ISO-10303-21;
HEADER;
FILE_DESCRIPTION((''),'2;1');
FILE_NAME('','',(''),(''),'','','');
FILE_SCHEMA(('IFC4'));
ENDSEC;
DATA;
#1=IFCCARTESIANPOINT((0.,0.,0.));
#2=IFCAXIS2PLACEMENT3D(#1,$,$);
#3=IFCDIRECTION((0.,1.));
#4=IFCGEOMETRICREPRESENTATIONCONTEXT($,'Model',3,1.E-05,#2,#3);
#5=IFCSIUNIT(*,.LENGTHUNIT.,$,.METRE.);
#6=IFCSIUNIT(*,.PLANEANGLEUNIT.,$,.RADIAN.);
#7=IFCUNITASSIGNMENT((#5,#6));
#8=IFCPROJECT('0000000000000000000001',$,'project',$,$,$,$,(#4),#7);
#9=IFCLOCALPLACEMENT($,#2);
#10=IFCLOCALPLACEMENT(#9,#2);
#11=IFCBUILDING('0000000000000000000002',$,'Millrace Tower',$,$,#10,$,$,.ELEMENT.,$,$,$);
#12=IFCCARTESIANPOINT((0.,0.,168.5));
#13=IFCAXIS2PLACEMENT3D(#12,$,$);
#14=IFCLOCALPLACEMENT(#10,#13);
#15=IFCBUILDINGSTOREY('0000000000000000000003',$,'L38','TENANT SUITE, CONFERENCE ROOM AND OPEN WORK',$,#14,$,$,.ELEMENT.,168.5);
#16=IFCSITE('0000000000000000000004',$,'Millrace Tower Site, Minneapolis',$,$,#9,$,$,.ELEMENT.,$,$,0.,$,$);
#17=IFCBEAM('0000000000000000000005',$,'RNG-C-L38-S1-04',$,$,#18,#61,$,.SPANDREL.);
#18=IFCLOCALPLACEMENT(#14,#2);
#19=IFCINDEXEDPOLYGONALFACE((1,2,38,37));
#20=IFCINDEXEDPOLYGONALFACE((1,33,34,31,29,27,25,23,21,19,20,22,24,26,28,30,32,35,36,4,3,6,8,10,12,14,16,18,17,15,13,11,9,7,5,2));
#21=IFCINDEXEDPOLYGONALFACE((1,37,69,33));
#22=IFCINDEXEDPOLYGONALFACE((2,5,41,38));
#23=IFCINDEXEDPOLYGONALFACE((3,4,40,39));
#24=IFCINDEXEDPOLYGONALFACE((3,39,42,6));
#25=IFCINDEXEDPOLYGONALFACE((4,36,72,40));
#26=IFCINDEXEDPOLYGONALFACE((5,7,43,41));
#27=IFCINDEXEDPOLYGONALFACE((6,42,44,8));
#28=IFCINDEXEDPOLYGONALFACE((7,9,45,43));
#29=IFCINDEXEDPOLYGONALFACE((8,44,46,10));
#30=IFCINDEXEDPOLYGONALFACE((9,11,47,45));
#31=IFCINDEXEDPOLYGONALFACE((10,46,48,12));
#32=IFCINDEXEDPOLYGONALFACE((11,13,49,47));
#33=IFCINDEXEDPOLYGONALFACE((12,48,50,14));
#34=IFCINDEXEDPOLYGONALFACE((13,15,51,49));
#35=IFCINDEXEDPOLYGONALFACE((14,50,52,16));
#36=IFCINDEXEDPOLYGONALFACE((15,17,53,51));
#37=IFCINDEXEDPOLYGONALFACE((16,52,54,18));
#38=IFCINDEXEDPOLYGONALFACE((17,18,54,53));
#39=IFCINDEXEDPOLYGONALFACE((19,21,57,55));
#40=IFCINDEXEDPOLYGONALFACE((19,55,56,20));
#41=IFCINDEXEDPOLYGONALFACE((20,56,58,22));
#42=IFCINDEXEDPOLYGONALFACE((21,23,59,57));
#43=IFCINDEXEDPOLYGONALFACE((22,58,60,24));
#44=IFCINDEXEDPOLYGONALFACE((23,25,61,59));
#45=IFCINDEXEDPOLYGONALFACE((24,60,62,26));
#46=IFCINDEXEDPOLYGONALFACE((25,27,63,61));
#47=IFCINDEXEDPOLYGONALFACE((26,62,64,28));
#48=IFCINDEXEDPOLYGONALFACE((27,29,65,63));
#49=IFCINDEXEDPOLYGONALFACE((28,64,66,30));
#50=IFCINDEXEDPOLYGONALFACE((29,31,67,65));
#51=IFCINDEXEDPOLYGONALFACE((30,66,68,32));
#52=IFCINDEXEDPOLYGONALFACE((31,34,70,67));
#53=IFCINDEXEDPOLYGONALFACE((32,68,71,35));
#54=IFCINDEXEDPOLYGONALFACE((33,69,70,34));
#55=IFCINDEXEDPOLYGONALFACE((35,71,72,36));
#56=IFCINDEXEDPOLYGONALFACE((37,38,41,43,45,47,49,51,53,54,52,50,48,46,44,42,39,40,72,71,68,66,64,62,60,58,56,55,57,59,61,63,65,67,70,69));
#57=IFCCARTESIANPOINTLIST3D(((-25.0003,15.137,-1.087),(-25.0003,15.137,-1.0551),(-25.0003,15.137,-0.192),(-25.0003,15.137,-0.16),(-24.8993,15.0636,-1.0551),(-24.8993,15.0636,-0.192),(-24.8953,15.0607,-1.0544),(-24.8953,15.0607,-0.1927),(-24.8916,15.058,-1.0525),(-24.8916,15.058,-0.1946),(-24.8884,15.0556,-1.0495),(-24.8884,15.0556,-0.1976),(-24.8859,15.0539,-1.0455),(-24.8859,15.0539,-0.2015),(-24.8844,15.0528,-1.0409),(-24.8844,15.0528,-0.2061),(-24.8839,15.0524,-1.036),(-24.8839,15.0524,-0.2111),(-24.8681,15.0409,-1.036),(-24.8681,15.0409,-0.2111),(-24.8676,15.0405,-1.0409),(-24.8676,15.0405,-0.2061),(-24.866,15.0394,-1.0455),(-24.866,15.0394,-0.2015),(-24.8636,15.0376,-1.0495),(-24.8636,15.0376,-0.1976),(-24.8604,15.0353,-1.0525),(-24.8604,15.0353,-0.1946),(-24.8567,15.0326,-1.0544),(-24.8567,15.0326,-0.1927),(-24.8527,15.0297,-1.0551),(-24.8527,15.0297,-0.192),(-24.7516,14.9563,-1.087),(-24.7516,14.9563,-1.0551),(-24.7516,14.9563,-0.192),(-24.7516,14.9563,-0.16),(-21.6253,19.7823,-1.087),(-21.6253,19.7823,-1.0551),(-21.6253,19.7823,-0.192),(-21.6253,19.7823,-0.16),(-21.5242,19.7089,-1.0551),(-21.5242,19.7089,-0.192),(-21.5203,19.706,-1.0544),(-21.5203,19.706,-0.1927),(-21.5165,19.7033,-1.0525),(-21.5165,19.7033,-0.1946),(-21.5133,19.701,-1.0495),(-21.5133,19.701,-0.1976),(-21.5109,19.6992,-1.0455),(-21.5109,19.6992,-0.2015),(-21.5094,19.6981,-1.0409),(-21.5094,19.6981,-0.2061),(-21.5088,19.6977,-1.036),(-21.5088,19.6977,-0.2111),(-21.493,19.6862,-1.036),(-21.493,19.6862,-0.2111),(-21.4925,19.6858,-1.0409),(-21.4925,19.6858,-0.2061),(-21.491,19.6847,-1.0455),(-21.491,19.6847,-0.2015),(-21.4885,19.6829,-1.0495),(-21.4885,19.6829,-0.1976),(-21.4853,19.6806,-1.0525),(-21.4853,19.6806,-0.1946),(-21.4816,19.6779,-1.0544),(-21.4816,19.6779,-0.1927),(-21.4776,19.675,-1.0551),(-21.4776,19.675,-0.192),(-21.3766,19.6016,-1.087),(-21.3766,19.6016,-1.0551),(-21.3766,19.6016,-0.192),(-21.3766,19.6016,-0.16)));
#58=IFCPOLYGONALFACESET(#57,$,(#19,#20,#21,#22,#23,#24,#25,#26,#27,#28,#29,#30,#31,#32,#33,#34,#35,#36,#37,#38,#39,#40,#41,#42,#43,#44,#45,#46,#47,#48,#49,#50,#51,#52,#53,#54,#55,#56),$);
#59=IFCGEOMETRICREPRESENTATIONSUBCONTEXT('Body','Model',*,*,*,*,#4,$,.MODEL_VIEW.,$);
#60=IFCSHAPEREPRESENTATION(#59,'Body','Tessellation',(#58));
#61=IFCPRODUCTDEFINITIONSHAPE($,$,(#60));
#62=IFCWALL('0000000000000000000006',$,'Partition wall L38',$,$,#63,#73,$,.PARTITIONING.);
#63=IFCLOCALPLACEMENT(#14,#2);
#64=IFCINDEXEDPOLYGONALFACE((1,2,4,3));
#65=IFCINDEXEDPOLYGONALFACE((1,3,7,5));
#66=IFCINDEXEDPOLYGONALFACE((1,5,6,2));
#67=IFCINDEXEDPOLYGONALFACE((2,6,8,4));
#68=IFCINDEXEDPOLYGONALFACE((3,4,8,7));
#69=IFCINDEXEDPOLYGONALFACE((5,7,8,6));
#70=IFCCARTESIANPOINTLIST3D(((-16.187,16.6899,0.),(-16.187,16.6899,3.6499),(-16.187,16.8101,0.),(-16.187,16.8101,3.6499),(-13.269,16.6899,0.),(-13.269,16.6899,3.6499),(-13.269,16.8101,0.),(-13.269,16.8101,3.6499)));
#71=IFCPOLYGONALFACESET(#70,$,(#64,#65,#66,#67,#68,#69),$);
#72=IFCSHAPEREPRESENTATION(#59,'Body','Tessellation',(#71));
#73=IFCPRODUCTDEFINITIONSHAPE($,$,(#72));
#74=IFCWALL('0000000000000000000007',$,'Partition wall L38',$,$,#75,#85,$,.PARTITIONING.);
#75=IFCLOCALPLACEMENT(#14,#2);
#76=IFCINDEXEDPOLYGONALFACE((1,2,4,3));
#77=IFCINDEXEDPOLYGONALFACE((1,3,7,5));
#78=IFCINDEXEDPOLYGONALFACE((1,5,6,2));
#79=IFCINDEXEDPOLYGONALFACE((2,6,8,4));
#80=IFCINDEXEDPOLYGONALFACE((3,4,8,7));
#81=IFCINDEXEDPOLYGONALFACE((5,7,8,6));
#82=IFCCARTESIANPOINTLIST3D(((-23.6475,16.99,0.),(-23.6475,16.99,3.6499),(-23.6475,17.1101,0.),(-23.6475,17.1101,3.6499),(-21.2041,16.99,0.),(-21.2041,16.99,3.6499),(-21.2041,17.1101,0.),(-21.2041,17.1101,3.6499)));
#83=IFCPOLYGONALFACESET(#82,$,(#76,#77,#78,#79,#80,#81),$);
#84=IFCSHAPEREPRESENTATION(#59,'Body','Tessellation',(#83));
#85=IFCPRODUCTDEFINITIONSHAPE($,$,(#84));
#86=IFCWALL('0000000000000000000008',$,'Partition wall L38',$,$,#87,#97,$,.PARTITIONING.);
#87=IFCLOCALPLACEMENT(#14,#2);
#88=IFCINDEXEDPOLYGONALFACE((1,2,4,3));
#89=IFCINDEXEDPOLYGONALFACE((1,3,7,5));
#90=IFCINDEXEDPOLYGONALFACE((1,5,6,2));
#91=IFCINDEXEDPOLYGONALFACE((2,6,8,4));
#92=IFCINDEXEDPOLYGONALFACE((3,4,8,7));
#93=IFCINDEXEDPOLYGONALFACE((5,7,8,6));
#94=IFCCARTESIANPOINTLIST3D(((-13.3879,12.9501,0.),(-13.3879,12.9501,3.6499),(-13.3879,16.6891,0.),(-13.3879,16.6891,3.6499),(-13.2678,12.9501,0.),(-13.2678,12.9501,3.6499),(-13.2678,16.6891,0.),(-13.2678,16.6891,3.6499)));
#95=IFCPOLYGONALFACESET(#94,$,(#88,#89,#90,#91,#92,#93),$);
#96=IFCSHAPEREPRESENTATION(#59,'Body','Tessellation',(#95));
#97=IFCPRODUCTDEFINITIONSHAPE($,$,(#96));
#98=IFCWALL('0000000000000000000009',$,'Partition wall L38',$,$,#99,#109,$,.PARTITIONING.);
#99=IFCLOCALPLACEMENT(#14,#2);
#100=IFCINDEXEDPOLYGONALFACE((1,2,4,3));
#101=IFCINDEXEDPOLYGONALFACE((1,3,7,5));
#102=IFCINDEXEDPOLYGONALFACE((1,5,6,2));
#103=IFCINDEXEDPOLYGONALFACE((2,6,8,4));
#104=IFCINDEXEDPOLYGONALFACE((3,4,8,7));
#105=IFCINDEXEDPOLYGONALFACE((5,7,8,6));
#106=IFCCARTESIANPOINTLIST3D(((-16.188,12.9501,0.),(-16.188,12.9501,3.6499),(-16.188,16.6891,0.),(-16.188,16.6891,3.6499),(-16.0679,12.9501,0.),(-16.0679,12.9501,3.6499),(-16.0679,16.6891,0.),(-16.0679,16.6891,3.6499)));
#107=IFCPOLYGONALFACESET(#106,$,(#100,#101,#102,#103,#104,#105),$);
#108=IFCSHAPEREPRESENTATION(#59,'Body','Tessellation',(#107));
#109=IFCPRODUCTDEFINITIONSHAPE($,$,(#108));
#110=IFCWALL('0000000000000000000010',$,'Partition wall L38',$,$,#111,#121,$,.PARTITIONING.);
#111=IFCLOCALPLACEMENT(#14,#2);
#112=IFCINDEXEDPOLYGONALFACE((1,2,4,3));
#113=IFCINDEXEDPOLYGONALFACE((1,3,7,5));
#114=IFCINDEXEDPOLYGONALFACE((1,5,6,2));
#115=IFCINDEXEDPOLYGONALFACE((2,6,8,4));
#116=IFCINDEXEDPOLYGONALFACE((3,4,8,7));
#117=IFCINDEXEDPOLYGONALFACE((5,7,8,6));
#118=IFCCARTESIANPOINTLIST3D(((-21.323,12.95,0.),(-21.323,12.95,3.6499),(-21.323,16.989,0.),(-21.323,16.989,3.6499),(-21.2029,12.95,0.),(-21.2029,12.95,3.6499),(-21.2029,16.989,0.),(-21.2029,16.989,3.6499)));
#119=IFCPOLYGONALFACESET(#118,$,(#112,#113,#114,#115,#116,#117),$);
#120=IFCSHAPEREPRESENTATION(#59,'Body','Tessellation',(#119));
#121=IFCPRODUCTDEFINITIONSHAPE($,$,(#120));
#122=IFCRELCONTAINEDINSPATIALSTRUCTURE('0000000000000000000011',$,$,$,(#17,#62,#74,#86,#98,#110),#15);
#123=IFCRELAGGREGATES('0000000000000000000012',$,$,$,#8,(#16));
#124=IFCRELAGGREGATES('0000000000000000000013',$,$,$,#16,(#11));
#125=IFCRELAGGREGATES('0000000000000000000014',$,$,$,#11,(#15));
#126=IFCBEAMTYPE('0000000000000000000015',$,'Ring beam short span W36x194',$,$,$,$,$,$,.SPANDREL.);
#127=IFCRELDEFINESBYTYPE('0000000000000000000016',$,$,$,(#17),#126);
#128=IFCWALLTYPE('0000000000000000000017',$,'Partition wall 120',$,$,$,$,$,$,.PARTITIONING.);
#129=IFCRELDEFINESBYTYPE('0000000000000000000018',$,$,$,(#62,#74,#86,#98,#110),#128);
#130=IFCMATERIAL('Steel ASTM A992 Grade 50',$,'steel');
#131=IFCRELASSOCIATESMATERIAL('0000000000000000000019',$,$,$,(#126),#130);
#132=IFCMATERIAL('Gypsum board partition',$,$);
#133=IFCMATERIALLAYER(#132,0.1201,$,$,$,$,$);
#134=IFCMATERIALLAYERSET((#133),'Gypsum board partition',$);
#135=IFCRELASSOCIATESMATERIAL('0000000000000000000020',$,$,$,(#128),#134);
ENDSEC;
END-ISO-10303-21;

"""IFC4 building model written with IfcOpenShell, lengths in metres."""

from ifc_helpers import new_model, si_unit, direction, frame, frame_2d, origin, origin_2d, place, context, subcontext, project, spatial, rectangle, i_section, extrude, material, layer, layer_set, material_profile, profile_set, type_object, element, save


model = new_model("IFC4")

# Units and contexts
model_context = context("Model", 3, precision=1e-05, world=origin(), true_north=direction((0.0, 1.0)))
body_context = subcontext(model_context, "Body", "Model", "MODEL_VIEW")
ifc_project = project(units=[si_unit("LENGTHUNIT", "METRE"), si_unit("PLANEANGLEUNIT", "RADIAN")], contexts=[model_context])

# Site, building, storey
site_placement = place(None, origin())
site = spatial("IfcSite", under=ifc_project, at=site_placement, Name="Millrace Tower Site, Minneapolis", CompositionType="ELEMENT", RefElevation=0.0)
building_placement = place(site_placement, origin())
building = spatial("IfcBuilding", under=site, at=building_placement, Name="Millrace Tower", CompositionType="ELEMENT")
storey_placement = place(building_placement, frame((0.0, 0.0, 168.5)))
storey = spatial("IfcBuildingStorey", under=building, at=storey_placement, Name="L38", Description="TENANT SUITE, CONFERENCE ROOM AND OPEN WORK", CompositionType="ELEMENT", Elevation=168.5)

# Beam
ifc_material_1 = material(Name="Steel ASTM A992 Grade 50", Category="steel")
ifc_material_profile_1 = material_profile(ifc_material_1, i_section(OverallWidth=0.3074, OverallDepth=0.927, WebThickness=0.0195, FlangeThickness=0.032, FilletRadius=0.019, at=origin_2d()))
ifc_profile_set_1 = profile_set([ifc_material_profile_1], Name="Steel ASTM A992 Grade 50")
beam_type_1 = type_object("IfcBeamType", Name="Ring beam short span W36x194", PredefinedType="SPANDREL", material=ifc_profile_set_1)
beam_1_placement = place(storey_placement, frame((-24.876, 15.0466, -0.6235), z_axis=(0.587787, 0.809015, 0.0), x_axis=(-0.809015, 0.587787, 0.0)))
element("IfcBeam", 1, at=beam_1_placement, inside=storey, type_object=beam_type_1, Name="RNG-C-L38-S1-04", PredefinedType="SPANDREL", context=body_context, shape_type="SweptSolid", body=[
    extrude(i_section(OverallWidth=0.3074, OverallDepth=0.927, WebThickness=0.0195, FlangeThickness=0.032, FilletRadius=0.019, at=origin_2d()), origin(), (0.0, 0.0, 1.0), 5.7419),
])

# Walls
ifc_material_2 = material(Name="Gypsum board partition")
ifc_layer_1 = layer(ifc_material_2, 0.1201)
ifc_layer_set_1 = layer_set([ifc_layer_1], Name="Gypsum board partition")
wall_type = type_object("IfcWallType", Name="Partition wall 120", PredefinedType="PARTITIONING", material=ifc_layer_set_1)
wall_1_placement = place(storey_placement, frame((-16.187, 16.75, 0.0), z_axis=(0.0, 0.0, 1.0), x_axis=(1.0, 0.0, 0.0)))
element("IfcWall", 2, at=wall_1_placement, inside=storey, type_object=wall_type, Name="Partition wall L38", PredefinedType="PARTITIONING", context=body_context, shape_type="SweptSolid", body=[
    extrude(rectangle(XDim=2.918, YDim=0.1201, at=frame_2d((1.459, 0.0))), origin(), (0.0, 0.0, 1.0), 3.6499),
])
wall_2_placement = place(storey_placement, frame((-23.6475, 17.05, 0.0), z_axis=(0.0, 0.0, 1.0), x_axis=(1.0, 0.0, 0.0)))
element("IfcWall", 3, at=wall_2_placement, inside=storey, type_object=wall_type, Name="Partition wall L38", PredefinedType="PARTITIONING", context=body_context, shape_type="SweptSolid", body=[
    extrude(rectangle(XDim=2.4434, YDim=0.1201, at=frame_2d((1.2217, 0.0))), origin(), (0.0, 0.0, 1.0), 3.6499),
])
for number, where, z_axis, x_axis, name in (
    (4, (-13.3279, 12.95, 0.0), (0.0, 0.0, 1.0), (0.0, 1.0, 0.0), "Partition wall L38"),
    (5, (-16.1279, 12.95, 0.0), (0.0, 0.0, 1.0), (0.0, 1.0, 0.0), "Partition wall L38"),
):
    element("IfcWall", number, at=place(storey_placement, frame(where, z_axis=z_axis, x_axis=x_axis)), inside=storey, type_object=wall_type, Name=name, PredefinedType="PARTITIONING", context=body_context, shape_type="SweptSolid", body=[
        extrude(rectangle(XDim=3.739, YDim=0.1201, at=frame_2d((1.8696, 0.0))), origin(), (0.0, 0.0, 1.0), 3.6499),
    ])
wall_3_placement = place(storey_placement, frame((-21.2629, 12.95, 0.0), z_axis=(0.0, 0.0, 1.0), x_axis=(0.0, 1.0, 0.0)))
element("IfcWall", 6, at=wall_3_placement, inside=storey, type_object=wall_type, Name="Partition wall L38", PredefinedType="PARTITIONING", context=body_context, shape_type="SweptSolid", body=[
    extrude(rectangle(XDim=4.0391, YDim=0.1201, at=frame_2d((2.0195, 0.0))), origin(), (0.0, 0.0, 1.0), 3.6499),
])

save(model, "model.ifc")
